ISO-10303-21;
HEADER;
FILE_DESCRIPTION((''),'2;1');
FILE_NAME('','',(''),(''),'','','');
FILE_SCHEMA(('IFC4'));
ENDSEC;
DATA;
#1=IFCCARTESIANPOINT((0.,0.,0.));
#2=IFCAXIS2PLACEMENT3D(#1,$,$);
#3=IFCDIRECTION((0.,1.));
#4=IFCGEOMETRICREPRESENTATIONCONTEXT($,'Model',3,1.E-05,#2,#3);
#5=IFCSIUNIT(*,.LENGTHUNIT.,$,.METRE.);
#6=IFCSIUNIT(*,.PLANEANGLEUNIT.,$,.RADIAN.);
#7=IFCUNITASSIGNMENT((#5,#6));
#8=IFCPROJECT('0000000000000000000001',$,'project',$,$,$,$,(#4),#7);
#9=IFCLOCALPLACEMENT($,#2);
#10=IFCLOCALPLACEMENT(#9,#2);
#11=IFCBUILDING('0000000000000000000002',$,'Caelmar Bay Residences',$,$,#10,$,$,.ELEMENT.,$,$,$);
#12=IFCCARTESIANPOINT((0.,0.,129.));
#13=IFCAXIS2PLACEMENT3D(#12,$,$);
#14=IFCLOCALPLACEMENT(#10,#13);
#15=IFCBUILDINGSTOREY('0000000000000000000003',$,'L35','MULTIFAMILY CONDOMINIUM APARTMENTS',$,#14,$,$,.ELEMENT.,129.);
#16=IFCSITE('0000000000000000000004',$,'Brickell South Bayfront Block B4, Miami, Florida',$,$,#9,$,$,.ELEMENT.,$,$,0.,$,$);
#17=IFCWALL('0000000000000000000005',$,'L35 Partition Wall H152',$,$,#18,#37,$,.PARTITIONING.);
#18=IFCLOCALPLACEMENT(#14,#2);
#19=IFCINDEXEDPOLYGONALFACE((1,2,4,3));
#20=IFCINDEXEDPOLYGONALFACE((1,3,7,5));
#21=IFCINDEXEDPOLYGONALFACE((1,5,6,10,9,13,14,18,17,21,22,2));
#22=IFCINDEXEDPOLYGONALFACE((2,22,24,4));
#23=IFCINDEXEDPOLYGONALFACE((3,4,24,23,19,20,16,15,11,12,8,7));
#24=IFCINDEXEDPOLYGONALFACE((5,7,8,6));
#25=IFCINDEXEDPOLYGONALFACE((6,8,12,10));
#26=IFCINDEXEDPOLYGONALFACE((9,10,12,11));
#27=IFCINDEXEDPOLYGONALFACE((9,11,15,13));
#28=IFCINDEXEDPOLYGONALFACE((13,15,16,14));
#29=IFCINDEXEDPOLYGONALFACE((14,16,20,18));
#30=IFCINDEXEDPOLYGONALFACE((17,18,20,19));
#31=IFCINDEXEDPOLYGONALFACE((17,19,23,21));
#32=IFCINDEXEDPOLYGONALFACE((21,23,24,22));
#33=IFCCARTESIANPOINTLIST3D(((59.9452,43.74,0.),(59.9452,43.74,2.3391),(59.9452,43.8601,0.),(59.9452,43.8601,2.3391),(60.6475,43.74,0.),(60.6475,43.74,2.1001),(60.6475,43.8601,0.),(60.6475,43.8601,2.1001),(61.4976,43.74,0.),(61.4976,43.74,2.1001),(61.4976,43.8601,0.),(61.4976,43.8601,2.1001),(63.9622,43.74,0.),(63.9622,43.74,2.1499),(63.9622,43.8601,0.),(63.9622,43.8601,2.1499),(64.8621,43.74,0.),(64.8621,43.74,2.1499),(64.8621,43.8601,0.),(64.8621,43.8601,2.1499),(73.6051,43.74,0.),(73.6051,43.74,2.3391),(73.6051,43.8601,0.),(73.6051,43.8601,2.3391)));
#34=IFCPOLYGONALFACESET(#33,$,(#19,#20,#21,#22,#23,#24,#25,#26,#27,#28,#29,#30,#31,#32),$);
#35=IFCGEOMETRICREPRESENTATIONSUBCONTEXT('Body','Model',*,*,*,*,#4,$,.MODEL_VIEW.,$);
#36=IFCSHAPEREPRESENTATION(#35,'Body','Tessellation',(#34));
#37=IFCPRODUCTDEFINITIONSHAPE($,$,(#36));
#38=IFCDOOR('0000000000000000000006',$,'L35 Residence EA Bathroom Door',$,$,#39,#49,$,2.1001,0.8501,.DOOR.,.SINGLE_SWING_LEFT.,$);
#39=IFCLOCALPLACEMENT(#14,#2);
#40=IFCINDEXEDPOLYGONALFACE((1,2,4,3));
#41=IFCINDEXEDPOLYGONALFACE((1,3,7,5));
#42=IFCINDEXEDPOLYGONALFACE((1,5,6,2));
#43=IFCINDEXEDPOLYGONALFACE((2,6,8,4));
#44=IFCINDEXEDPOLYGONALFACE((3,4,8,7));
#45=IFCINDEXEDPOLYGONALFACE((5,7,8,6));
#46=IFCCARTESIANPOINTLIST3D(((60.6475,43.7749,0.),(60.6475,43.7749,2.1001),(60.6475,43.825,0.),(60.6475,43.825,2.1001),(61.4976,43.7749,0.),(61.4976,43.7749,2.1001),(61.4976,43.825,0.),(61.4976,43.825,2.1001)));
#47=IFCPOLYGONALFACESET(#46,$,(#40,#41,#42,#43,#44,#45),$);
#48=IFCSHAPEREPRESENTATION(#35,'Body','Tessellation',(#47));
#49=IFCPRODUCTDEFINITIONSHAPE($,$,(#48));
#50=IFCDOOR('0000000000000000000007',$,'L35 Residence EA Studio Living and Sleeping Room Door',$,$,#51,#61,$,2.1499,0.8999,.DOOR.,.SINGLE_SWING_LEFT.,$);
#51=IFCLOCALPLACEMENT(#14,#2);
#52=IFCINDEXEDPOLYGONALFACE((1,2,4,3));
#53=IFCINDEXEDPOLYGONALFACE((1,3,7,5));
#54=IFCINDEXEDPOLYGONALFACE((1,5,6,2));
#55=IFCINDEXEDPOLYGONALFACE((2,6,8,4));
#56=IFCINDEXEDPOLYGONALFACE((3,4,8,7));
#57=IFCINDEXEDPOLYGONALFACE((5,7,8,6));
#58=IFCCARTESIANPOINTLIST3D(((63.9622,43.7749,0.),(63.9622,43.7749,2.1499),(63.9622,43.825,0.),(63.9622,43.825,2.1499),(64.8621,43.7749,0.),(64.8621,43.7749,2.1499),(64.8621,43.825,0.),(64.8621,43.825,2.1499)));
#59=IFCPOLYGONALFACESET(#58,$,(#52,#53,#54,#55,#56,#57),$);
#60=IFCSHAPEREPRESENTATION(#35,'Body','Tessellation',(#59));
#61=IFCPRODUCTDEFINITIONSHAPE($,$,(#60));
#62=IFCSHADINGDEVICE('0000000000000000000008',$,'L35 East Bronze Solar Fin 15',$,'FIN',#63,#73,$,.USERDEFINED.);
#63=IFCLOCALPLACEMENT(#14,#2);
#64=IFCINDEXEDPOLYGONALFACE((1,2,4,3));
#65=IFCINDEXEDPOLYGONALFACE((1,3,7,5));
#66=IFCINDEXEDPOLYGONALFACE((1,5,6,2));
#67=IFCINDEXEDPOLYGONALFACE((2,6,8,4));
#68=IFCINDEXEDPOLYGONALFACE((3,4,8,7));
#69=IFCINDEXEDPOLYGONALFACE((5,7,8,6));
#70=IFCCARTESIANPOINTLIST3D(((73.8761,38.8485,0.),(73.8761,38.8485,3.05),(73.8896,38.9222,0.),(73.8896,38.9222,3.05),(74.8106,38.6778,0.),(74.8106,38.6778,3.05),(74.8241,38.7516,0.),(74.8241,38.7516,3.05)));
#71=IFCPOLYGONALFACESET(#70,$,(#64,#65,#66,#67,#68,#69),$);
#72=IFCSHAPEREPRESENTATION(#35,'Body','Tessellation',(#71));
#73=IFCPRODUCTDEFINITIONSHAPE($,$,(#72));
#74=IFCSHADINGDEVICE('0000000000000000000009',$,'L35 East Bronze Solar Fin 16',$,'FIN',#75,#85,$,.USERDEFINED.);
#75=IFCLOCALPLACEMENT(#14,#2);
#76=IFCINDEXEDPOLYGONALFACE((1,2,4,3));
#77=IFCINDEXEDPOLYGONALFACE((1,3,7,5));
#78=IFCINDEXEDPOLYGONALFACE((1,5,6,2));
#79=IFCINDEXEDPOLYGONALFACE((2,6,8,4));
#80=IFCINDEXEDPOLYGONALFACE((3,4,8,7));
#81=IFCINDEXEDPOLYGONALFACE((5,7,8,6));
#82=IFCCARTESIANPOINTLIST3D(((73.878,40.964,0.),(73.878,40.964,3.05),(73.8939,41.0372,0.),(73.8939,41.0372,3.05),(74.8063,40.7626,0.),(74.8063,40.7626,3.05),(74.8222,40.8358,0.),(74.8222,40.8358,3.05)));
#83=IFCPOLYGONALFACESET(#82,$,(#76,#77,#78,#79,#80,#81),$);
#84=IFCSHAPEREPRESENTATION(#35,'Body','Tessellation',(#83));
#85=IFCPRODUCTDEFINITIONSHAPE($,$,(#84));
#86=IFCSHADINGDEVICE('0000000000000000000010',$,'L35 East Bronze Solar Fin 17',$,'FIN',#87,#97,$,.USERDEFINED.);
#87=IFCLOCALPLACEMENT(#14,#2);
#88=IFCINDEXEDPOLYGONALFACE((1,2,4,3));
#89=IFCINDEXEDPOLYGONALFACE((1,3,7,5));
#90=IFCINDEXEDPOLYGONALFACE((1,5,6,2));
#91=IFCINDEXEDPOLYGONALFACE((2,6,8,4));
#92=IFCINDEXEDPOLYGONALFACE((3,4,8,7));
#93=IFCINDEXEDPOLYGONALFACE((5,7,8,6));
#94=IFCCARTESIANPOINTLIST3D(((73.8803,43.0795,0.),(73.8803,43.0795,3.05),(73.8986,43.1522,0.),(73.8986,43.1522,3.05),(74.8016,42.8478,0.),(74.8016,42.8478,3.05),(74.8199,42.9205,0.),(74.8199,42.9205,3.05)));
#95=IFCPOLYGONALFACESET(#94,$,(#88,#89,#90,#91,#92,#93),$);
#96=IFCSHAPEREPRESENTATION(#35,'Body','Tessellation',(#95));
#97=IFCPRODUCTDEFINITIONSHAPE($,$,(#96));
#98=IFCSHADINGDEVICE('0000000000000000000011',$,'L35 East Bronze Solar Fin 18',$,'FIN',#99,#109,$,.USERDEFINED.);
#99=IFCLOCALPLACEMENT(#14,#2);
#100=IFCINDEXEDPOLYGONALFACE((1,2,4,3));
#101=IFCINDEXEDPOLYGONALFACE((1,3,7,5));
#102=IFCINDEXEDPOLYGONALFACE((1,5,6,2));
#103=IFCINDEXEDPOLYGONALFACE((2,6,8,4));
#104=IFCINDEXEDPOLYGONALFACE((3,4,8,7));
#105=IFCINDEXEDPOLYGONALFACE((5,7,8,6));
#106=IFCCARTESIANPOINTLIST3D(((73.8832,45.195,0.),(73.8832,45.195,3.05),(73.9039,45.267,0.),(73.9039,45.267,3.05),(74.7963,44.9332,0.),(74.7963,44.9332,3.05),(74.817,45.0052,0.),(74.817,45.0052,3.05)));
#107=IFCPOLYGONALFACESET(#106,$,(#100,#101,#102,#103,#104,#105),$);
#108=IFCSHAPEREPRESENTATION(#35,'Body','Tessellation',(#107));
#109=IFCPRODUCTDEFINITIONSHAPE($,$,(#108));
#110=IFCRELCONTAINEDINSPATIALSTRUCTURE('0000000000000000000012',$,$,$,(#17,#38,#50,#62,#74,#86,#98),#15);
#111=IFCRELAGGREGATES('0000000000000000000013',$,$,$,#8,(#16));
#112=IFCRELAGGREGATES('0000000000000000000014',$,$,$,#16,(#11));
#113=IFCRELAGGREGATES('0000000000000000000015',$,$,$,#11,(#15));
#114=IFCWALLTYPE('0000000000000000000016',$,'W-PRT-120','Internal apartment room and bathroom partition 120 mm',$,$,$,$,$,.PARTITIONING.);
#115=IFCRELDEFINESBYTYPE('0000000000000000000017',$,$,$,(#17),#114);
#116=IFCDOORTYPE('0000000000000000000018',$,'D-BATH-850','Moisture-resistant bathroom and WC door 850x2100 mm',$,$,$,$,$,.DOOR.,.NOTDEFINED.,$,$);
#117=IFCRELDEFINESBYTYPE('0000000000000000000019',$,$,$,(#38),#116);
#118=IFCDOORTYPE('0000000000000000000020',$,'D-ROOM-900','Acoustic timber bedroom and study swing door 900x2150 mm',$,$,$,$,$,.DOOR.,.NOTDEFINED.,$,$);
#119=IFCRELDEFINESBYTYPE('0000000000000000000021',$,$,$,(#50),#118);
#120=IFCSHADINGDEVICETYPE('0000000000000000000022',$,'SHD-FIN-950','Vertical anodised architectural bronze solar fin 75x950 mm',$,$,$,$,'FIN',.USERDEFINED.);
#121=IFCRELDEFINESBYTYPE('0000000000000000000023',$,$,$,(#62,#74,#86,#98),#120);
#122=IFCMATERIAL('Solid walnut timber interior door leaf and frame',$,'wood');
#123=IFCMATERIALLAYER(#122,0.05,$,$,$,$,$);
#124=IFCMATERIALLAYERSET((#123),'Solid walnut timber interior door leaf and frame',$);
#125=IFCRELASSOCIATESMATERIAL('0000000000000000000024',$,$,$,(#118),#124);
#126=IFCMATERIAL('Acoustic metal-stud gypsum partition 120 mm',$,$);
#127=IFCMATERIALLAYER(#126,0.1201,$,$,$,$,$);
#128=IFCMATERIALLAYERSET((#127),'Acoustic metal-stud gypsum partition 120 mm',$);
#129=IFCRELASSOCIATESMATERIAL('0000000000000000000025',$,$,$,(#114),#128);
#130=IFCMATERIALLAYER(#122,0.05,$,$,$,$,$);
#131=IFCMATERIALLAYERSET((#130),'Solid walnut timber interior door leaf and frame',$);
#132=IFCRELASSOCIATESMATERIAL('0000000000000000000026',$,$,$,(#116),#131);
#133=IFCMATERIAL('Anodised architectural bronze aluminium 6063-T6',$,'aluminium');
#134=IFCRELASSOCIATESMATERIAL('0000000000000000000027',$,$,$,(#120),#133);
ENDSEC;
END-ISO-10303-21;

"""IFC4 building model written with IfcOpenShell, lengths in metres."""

from ifc_helpers import new_model, si_unit, direction, frame, frame_2d, origin, origin_2d, place, context, subcontext, project, spatial, rectangle, extrude, material, layer, layer_set, material_profile, profile_set, type_object, element, fill, save


model = new_model("IFC4")

# Units and contexts
model_context = context("Model", 3, precision=1e-05, world=origin(), true_north=direction((0.0, 1.0)))
body_context = subcontext(model_context, "Body", "Model", "MODEL_VIEW")
ifc_project = project(units=[si_unit("LENGTHUNIT", "METRE"), si_unit("PLANEANGLEUNIT", "RADIAN")], contexts=[model_context])

# Site, building, storey
site_placement = place(None, origin())
site = spatial("IfcSite", under=ifc_project, at=site_placement, Name="Brickell South Bayfront Block B4, Miami, Florida", CompositionType="ELEMENT", RefElevation=0.0)
building_placement = place(site_placement, origin())
building = spatial("IfcBuilding", under=site, at=building_placement, Name="Caelmar Bay Residences", CompositionType="ELEMENT")
storey_placement = place(building_placement, frame((0.0, 0.0, 129.0)))
storey = spatial("IfcBuildingStorey", under=building, at=storey_placement, Name="L35", Description="MULTIFAMILY CONDOMINIUM APARTMENTS", CompositionType="ELEMENT", Elevation=129.0)

# Shared definitions
ifc_material_1 = material(Name="Solid walnut timber interior door leaf and frame", Category="wood")
ifc_layer_1 = layer(ifc_material_1, 0.05)
ifc_layer_set_1 = layer_set([ifc_layer_1], Name="Solid walnut timber interior door leaf and frame")
door_type_1 = type_object("IfcDoorType", Name="D-ROOM-900", Description="Acoustic timber bedroom and study swing door 900x2150 mm", OperationType="NOTDEFINED", PredefinedType="DOOR", material=ifc_layer_set_1)
ifc_material_2 = material(Name="Acoustic metal-stud gypsum partition 120 mm")
ifc_layer_2 = layer(ifc_material_2, 0.1201)
ifc_layer_set_2 = layer_set([ifc_layer_2], Name="Acoustic metal-stud gypsum partition 120 mm")
wall_type_1 = type_object("IfcWallType", Name="W-PRT-120", Description="Internal apartment room and bathroom partition 120 mm", PredefinedType="PARTITIONING", material=ifc_layer_set_2)

# Wall, openings, doors
wall_1_placement = place(storey_placement, frame((59.9451, 43.8, 0.0), z_axis=(0.0, 0.0, 1.0), x_axis=(1.0, 0.0, 0.0)))
wall_1 = element("IfcWall", 1, at=wall_1_placement, inside=storey, type_object=wall_type_1, Name="L35 Partition Wall H152", PredefinedType="PARTITIONING", context=body_context, shape_type="SweptSolid", body=[
    extrude(rectangle(XDim=13.6599, YDim=0.1201, at=frame_2d((6.8301, 0.0))), origin(), (0.0, 0.0, 1.0), 2.3391),
])
opening_1_placement = place(wall_1_placement, frame((4.0171, 0.0, 0.0)))
opening_1 = element("IfcOpeningElement", 2, at=opening_1_placement, cuts=wall_1, PredefinedType="OPENING", context=body_context, shape_type="SweptSolid", body=[
    extrude(rectangle(XDim=0.8999, YDim=2.1499, at=frame_2d((0.45, 1.075))), frame((0.0, 0.0701, 0.0), z_axis=(0.0, -1.0, 0.0), x_axis=(1.0, 0.0, 0.0)), (0.0, 0.0, 1.0), 0.1401),
])
opening_2_placement = place(wall_1_placement, frame((0.7024, 0.0, 0.0)))
opening_2 = element("IfcOpeningElement", 3, at=opening_2_placement, cuts=wall_1, PredefinedType="OPENING", context=body_context, shape_type="SweptSolid", body=[
    extrude(rectangle(XDim=0.8501, YDim=2.1001, at=frame_2d((0.425, 1.05))), frame((0.0, 0.0701, 0.0), z_axis=(0.0, -1.0, 0.0), x_axis=(1.0, 0.0, 0.0)), (0.0, 0.0, 1.0), 0.1401),
])
ifc_layer_3 = layer(ifc_material_1, 0.05)
ifc_layer_set_3 = layer_set([ifc_layer_3], Name="Solid walnut timber interior door leaf and frame")
door_type_2 = type_object("IfcDoorType", Name="D-BATH-850", Description="Moisture-resistant bathroom and WC door 850x2100 mm", OperationType="NOTDEFINED", PredefinedType="DOOR", material=ifc_layer_set_3)
door_1_placement = place(opening_2_placement, origin())
door_1 = element("IfcDoor", 4, at=door_1_placement, inside=storey, type_object=door_type_2, Name="L35 Residence EA Bathroom Door", OperationType="SINGLE_SWING_LEFT", OverallHeight=2.1001, OverallWidth=0.8501, PredefinedType="DOOR", context=body_context, shape_type="SweptSolid", body=[
    extrude(rectangle(XDim=0.8501, YDim=2.1001, at=frame_2d((0.425, 1.05))), frame((0.0, 0.0249, 0.0), z_axis=(0.0, -1.0, 0.0), x_axis=(1.0, 0.0, 0.0)), (0.0, 0.0, 1.0), 0.05),
])
fill(opening_2, door_1)
door_2_placement = place(opening_1_placement, origin())
door_2 = element("IfcDoor", 5, at=door_2_placement, inside=storey, type_object=door_type_1, Name="L35 Residence EA Studio Living and Sleeping Room Door", OperationType="SINGLE_SWING_LEFT", OverallHeight=2.1499, OverallWidth=0.8999, PredefinedType="DOOR", context=body_context, shape_type="SweptSolid", body=[
    extrude(rectangle(XDim=0.8999, YDim=2.1499, at=frame_2d((0.45, 1.075))), frame((0.0, 0.0249, 0.0), z_axis=(0.0, -1.0, 0.0), x_axis=(1.0, 0.0, 0.0)), (0.0, 0.0, 1.0), 0.05),
])
fill(opening_1, door_2)

# Shading devices
ifc_material_3 = material(Name="Anodised architectural bronze aluminium 6063-T6", Category="aluminium")
ifc_material_profile_1 = material_profile(ifc_material_3, rectangle(XDim=0.075, YDim=0.95, at=origin_2d()), Name="BRONZE-FIN-75X950")
ifc_profile_set_1 = profile_set([ifc_material_profile_1], Name="Anodised architectural bronze aluminium 6063-T6")
shading_device_type = type_object("IfcShadingDeviceType", Name="SHD-FIN-950", Description="Vertical anodised architectural bronze solar fin 75x950 mm", ElementType="FIN", PredefinedType="USERDEFINED", material=ifc_profile_set_1)
for number, where, z_axis, x_axis, name in (
    (6, (74.3501, 38.8, 0.0), (0.0, 0.0, 1.0), (0.179661, 0.983729, 0.0), "L35 East Bronze Solar Fin 15"),
    (7, (74.3501, 40.8999, 0.0), (0.0, 0.0, 1.0), (0.212007, 0.977268, 0.0), "L35 East Bronze Solar Fin 16"),
    (8, (74.3501, 43.0, 0.0), (0.0, 0.0, 1.0), (0.243954, 0.969787, 0.0), "L35 East Bronze Solar Fin 17"),
    (9, (74.3501, 45.1001, 0.0), (0.0, 0.0, 1.0), (0.275637, 0.961262, 0.0), "L35 East Bronze Solar Fin 18"),
):
    element("IfcShadingDevice", number, at=place(storey_placement, frame(where, z_axis=z_axis, x_axis=x_axis)), inside=storey, type_object=shading_device_type, Name=name, ObjectType="FIN", PredefinedType="USERDEFINED", context=body_context, shape_type="SweptSolid", body=[
        extrude(rectangle(XDim=0.075, YDim=0.95, at=origin_2d()), origin(), (0.0, 0.0, 1.0), 3.05),
    ])

save(model, "model.ifc")
